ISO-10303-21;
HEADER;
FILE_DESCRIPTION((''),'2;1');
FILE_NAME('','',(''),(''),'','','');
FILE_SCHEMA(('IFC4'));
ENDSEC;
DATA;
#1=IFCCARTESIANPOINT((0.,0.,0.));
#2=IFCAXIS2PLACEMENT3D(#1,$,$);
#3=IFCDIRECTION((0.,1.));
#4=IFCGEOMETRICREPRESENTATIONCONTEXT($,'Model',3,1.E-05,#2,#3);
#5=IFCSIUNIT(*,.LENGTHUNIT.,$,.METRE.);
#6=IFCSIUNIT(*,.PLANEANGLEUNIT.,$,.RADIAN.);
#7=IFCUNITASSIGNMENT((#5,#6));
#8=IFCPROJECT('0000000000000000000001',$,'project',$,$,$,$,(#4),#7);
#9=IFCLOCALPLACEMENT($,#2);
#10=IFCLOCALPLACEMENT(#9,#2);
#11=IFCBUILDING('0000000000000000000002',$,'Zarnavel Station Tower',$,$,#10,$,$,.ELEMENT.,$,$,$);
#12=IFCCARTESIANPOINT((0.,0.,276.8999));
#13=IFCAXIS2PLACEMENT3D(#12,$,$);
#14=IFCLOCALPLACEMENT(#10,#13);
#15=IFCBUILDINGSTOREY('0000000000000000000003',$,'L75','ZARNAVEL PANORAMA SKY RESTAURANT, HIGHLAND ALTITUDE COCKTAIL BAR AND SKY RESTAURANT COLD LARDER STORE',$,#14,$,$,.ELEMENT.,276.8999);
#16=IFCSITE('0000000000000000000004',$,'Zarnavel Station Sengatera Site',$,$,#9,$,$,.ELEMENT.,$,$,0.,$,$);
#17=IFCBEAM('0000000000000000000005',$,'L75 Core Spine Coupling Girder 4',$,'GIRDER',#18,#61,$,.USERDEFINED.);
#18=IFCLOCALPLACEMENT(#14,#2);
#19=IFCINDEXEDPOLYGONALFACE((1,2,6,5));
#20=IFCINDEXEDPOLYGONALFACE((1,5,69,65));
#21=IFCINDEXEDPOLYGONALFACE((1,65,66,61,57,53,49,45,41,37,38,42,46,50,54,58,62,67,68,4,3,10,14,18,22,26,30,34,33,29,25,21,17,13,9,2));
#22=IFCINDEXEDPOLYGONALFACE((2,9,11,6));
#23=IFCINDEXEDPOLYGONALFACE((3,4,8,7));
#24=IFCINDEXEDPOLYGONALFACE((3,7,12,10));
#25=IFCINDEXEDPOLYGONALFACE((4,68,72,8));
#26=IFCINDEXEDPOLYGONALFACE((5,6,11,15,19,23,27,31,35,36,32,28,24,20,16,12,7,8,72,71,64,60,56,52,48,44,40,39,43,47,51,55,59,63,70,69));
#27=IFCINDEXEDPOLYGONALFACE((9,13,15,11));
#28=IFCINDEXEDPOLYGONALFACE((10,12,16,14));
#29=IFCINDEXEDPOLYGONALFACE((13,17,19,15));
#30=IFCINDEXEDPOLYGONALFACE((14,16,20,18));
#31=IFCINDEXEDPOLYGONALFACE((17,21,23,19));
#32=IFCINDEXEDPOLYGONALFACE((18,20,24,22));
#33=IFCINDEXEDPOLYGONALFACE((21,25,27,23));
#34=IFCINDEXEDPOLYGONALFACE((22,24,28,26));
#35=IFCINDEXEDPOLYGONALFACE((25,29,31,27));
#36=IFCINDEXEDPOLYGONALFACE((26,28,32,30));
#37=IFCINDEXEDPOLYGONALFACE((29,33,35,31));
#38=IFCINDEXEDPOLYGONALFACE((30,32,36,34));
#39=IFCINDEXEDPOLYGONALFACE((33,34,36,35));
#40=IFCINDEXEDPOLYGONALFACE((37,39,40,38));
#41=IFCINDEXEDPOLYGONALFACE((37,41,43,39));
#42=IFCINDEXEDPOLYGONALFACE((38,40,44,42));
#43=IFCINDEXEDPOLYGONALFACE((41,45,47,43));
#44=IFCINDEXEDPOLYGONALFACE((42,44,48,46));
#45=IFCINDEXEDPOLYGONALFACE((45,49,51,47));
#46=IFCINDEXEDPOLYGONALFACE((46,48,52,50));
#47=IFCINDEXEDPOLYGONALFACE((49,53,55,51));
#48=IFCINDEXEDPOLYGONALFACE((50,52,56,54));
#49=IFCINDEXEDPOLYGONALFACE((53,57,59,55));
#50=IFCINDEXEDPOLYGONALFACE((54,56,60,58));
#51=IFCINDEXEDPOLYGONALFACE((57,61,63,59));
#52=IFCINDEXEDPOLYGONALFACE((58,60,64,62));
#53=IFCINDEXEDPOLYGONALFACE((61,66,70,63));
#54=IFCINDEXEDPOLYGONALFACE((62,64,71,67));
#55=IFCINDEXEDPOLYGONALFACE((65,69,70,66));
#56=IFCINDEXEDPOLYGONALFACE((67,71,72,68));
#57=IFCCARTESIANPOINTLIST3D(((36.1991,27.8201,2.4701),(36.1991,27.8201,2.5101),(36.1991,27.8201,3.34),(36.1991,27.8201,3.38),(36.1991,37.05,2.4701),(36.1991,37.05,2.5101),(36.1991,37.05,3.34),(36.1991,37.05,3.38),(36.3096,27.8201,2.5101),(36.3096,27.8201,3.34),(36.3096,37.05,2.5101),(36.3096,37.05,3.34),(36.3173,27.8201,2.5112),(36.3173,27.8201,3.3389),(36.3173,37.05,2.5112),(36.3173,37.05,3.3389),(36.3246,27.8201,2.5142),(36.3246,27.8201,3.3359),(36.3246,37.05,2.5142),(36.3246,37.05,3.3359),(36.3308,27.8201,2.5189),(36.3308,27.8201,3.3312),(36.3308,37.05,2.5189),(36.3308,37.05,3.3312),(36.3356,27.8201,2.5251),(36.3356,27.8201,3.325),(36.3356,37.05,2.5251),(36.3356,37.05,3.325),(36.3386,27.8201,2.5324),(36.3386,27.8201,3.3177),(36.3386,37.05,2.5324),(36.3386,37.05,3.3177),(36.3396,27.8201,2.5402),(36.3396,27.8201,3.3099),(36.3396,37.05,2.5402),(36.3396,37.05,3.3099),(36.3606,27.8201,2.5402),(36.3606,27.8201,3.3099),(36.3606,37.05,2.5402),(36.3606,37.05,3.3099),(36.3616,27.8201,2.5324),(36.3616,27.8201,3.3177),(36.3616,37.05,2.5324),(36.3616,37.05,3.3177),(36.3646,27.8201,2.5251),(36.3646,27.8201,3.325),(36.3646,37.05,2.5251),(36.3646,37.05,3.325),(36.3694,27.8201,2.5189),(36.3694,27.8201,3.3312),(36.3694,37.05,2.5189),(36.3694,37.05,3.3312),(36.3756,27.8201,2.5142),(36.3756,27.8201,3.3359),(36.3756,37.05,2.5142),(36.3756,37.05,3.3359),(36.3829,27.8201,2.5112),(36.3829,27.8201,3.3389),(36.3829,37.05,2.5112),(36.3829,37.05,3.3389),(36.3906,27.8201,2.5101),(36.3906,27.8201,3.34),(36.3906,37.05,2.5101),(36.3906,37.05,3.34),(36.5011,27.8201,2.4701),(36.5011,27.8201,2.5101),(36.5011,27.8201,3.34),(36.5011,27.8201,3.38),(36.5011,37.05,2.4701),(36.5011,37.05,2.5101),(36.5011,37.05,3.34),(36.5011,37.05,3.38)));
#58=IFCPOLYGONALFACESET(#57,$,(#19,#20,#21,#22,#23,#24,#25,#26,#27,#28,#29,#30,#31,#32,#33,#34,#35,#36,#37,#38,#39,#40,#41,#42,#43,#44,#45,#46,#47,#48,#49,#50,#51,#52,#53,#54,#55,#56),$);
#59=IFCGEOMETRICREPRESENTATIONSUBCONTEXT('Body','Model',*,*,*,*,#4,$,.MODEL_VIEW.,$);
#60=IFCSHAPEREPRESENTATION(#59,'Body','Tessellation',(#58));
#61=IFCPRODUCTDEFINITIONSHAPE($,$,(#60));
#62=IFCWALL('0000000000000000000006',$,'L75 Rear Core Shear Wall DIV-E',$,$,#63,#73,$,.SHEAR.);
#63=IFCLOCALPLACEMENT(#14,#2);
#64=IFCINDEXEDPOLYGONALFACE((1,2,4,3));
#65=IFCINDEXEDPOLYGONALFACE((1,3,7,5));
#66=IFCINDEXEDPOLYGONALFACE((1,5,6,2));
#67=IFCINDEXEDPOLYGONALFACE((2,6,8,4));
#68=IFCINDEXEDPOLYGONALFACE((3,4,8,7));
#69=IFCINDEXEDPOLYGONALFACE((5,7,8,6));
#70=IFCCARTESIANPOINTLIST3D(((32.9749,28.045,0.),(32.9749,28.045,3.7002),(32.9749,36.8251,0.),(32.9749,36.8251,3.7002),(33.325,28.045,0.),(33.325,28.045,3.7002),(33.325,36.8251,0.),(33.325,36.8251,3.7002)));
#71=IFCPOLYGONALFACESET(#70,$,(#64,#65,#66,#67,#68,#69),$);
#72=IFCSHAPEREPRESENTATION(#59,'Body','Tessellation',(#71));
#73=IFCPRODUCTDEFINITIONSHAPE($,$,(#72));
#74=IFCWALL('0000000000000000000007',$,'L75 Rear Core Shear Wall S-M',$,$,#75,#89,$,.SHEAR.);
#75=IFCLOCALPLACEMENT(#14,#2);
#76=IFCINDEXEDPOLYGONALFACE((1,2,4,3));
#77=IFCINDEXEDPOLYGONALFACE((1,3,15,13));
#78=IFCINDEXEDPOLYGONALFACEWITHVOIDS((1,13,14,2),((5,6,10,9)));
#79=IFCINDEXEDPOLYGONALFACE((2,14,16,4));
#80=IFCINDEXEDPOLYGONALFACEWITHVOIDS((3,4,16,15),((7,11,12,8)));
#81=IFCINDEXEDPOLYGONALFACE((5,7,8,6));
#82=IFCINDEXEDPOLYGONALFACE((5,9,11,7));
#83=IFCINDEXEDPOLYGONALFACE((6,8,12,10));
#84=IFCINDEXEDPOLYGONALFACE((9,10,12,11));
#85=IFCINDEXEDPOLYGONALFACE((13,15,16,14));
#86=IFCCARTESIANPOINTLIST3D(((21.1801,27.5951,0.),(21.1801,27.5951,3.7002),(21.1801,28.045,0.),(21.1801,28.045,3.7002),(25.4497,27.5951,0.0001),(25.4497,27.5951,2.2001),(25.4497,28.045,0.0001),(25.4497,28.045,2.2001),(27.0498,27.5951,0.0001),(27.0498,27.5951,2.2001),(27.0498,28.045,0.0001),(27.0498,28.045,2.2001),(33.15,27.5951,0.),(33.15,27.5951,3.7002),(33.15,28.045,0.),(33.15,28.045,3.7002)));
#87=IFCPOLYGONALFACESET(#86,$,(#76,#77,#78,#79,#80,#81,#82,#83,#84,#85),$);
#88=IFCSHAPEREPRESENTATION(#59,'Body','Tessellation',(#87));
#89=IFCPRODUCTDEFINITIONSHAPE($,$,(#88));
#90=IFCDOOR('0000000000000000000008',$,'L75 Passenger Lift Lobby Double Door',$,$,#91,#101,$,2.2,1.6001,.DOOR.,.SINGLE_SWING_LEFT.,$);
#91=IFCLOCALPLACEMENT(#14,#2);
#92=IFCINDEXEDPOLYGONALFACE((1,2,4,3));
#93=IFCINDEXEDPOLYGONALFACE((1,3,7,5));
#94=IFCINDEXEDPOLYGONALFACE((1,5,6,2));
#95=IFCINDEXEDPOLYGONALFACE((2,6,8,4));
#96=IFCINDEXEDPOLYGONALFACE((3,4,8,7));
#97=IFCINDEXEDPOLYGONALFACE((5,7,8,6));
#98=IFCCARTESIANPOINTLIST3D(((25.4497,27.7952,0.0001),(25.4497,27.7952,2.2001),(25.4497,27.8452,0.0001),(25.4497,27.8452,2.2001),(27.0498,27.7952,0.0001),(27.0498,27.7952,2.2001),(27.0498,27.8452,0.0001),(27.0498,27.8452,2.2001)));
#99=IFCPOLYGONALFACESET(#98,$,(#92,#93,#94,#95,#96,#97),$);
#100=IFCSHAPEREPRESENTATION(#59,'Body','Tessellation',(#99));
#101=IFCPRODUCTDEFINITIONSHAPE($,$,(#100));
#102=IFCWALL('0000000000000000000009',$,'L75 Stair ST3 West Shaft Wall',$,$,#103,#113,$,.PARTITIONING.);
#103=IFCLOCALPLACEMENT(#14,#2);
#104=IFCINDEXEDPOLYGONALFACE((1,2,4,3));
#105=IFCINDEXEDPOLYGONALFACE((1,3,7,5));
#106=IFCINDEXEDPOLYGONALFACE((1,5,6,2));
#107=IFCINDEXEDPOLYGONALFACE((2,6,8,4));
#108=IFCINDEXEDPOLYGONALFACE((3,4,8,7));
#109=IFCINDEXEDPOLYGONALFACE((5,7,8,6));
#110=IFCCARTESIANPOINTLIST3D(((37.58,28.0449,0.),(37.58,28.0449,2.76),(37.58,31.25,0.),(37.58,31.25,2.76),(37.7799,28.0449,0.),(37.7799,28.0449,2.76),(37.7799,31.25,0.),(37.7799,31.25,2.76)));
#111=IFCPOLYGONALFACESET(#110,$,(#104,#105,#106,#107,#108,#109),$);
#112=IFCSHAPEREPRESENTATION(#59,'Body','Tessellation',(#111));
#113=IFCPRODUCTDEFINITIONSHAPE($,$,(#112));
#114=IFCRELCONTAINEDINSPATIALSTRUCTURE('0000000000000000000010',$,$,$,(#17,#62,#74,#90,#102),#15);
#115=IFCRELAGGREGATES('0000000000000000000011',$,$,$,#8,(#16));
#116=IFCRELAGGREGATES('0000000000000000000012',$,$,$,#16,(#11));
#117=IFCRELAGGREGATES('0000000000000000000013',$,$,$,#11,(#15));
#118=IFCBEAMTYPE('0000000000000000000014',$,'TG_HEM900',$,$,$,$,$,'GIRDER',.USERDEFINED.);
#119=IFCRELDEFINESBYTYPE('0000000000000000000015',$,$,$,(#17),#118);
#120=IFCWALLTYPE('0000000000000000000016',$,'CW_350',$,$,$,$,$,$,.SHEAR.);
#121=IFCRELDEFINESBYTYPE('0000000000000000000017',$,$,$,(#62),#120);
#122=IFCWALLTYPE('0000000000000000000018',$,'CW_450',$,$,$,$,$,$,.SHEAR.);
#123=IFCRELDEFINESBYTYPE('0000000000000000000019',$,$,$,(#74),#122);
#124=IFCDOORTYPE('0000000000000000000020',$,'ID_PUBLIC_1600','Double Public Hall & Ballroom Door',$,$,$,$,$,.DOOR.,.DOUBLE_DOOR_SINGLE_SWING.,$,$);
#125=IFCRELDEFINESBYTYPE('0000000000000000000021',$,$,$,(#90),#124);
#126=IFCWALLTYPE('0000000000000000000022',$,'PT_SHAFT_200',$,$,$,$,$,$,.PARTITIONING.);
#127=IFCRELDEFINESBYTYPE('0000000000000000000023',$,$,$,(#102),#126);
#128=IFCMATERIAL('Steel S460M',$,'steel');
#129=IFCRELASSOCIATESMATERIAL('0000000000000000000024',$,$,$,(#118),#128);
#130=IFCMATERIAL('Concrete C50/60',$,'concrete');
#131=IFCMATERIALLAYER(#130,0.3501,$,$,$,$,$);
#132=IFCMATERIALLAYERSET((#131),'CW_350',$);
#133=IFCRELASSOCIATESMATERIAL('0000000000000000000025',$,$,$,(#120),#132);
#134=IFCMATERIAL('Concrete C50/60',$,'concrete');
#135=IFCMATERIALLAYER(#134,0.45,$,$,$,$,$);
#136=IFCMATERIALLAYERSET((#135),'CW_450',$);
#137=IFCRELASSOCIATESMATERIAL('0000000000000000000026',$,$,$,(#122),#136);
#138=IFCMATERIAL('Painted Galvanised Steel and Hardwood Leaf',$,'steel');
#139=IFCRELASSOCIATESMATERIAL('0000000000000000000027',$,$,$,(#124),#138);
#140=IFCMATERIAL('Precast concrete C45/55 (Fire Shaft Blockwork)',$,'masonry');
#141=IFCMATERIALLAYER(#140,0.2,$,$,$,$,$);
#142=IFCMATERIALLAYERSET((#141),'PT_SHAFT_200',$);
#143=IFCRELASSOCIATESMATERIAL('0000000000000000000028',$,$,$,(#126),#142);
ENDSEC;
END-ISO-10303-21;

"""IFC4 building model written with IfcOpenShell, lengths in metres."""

from ifc_helpers import new_model, si_unit, direction, frame, frame_2d, origin, origin_2d, place, context, subcontext, project, spatial, rectangle, i_section, extrude, material, layer, layer_set, material_profile, profile_set, type_object, element, fill, save


model = new_model("IFC4")

# Units and contexts
model_context = context("Model", 3, precision=1e-05, world=origin(), true_north=direction((0.0, 1.0)))
body_context = subcontext(model_context, "Body", "Model", "MODEL_VIEW")
ifc_project = project(units=[si_unit("LENGTHUNIT", "METRE"), si_unit("PLANEANGLEUNIT", "RADIAN")], contexts=[model_context])

# Site, building, storey
site_placement = place(None, origin())
site = spatial("IfcSite", under=ifc_project, at=site_placement, Name="Zarnavel Station Sengatera Site", CompositionType="ELEMENT", RefElevation=0.0)
building_placement = place(site_placement, origin())
building = spatial("IfcBuilding", under=site, at=building_placement, Name="Zarnavel Station Tower", CompositionType="ELEMENT")
storey_placement = place(building_placement, frame((0.0, 0.0, 276.8999)))
storey = spatial("IfcBuildingStorey", under=building, at=storey_placement, Name="L75", Description="ZARNAVEL PANORAMA SKY RESTAURANT, HIGHLAND ALTITUDE COCKTAIL BAR AND SKY RESTAURANT COLD LARDER STORE", CompositionType="ELEMENT", Elevation=276.8999)

# Beam
ifc_material_1 = material(Name="Steel S460M", Category="steel")
ifc_material_profile_1 = material_profile(ifc_material_1, i_section(OverallWidth=0.302, OverallDepth=0.9099, WebThickness=0.021, FlangeThickness=0.04, FilletRadius=0.03, at=origin_2d()), Name="HEM900")
ifc_profile_set_1 = profile_set([ifc_material_profile_1], Name="Steel S460M")
beam_type_1 = type_object("IfcBeamType", Name="TG_HEM900", ElementType="GIRDER", PredefinedType="USERDEFINED", material=ifc_profile_set_1)
for number, where, z_axis, x_axis, name in (
    (1, (36.3501, 27.8201, 2.925), (0.0, 1.0, 0.0), (-1.0, 0.0, 0.0), "L75 Core Spine Coupling Girder 4"),
):
    element("IfcBeam", number, at=place(storey_placement, frame(where, z_axis=z_axis, x_axis=x_axis)), inside=storey, type_object=beam_type_1, Name=name, ObjectType="GIRDER", PredefinedType="USERDEFINED", context=body_context, shape_type="SweptSolid", body=[
        extrude(i_section(OverallWidth=0.302, OverallDepth=0.9099, WebThickness=0.021, FlangeThickness=0.04, FilletRadius=0.03, at=origin_2d()), origin(), (0.0, 0.0, 1.0), 9.23),
    ])

# Wall
ifc_material_2 = material(Name="Concrete C50/60", Category="concrete")
ifc_layer_1 = layer(ifc_material_2, 0.3501)
ifc_layer_set_1 = layer_set([ifc_layer_1], Name="CW_350")
wall_type_1 = type_object("IfcWallType", Name="CW_350", PredefinedType="SHEAR", material=ifc_layer_set_1)
wall_1_placement = place(storey_placement, frame((33.1499, 28.0449, 0.0), z_axis=(0.0, 0.0, 1.0), x_axis=(0.0, 1.0, 0.0)))
element("IfcWall", 2, at=wall_1_placement, inside=storey, type_object=wall_type_1, Name="L75 Rear Core Shear Wall DIV-E", PredefinedType="SHEAR", context=body_context, shape_type="SweptSolid", body=[
    extrude(rectangle(XDim=8.78, YDim=0.3501, at=frame_2d((4.3901, 0.0))), origin(), (0.0, 0.0, 1.0), 3.7002),
])

# Wall, opening, door
ifc_material_3 = material(Name="Concrete C50/60", Category="concrete")
ifc_layer_2 = layer(ifc_material_3, 0.45)
ifc_layer_set_2 = layer_set([ifc_layer_2], Name="CW_450")
wall_type_2 = type_object("IfcWallType", Name="CW_450", PredefinedType="SHEAR", material=ifc_layer_set_2)
wall_2_placement = place(storey_placement, frame((33.1499, 27.8201, 0.0), z_axis=(0.0, 0.0, 1.0), x_axis=(-1.0, 0.0, 0.0)))
wall_2 = element("IfcWall", 3, at=wall_2_placement, inside=storey, type_object=wall_type_2, Name="L75 Rear Core Shear Wall S-M", PredefinedType="SHEAR", context=body_context, shape_type="SweptSolid", body=[
    extrude(rectangle(XDim=11.97, YDim=0.45, at=frame_2d((5.9849, 0.0))), origin(), (0.0, 0.0, 1.0), 3.7002),
])
opening_1_placement = place(wall_2_placement, frame((6.1001, 0.0, 0.0)))
opening_1 = element("IfcOpeningElement", 4, at=opening_1_placement, cuts=wall_2, PredefinedType="OPENING", context=body_context, shape_type="SweptSolid", body=[
    extrude(rectangle(XDim=1.6001, YDim=2.2, at=frame_2d((0.8, 1.1001))), frame((0.0, 0.2349, 0.0), z_axis=(0.0, -1.0, 0.0), x_axis=(1.0, 0.0, 0.0)), (0.0, 0.0, 1.0), 0.47),
])
ifc_material_4 = material(Name="Painted Galvanised Steel and Hardwood Leaf", Category="steel")
door_type_1 = type_object("IfcDoorType", Name="ID_PUBLIC_1600", Description="Double Public Hall & Ballroom Door", OperationType="DOUBLE_DOOR_SINGLE_SWING", PredefinedType="DOOR", material=ifc_material_4)
door_1_placement = place(opening_1_placement, origin())
door_1 = element("IfcDoor", 5, at=door_1_placement, inside=storey, type_object=door_type_1, Name="L75 Passenger Lift Lobby Double Door", OperationType="SINGLE_SWING_LEFT", OverallHeight=2.2, OverallWidth=1.6001, PredefinedType="DOOR", context=body_context, shape_type="SweptSolid", body=[
    extrude(rectangle(XDim=1.6001, YDim=2.2, at=frame_2d((0.8, 1.1001))), frame((0.0, 0.0249, 0.0), z_axis=(0.0, -1.0, 0.0), x_axis=(1.0, 0.0, 0.0)), (0.0, 0.0, 1.0), 0.05),
])
fill(opening_1, door_1)

# Wall
ifc_material_5 = material(Name="Precast concrete C45/55 (Fire Shaft Blockwork)", Category="masonry")
ifc_layer_3 = layer(ifc_material_5, 0.2)
ifc_layer_set_3 = layer_set([ifc_layer_3], Name="PT_SHAFT_200")
wall_type_3 = type_object("IfcWallType", Name="PT_SHAFT_200", PredefinedType="PARTITIONING", material=ifc_layer_set_3)
wall_3_placement = place(storey_placement, frame((37.6799, 28.0449, 0.0), z_axis=(0.0, 0.0, 1.0), x_axis=(0.0, 1.0, 0.0)))
element("IfcWall", 6, at=wall_3_placement, inside=storey, type_object=wall_type_3, Name="L75 Stair ST3 West Shaft Wall", PredefinedType="PARTITIONING", context=body_context, shape_type="SweptSolid", body=[
    extrude(rectangle(XDim=3.2051, YDim=0.2, at=frame_2d((1.6025, 0.0))), origin(), (0.0, 0.0, 1.0), 2.76),
])

save(model, "model.ifc")
